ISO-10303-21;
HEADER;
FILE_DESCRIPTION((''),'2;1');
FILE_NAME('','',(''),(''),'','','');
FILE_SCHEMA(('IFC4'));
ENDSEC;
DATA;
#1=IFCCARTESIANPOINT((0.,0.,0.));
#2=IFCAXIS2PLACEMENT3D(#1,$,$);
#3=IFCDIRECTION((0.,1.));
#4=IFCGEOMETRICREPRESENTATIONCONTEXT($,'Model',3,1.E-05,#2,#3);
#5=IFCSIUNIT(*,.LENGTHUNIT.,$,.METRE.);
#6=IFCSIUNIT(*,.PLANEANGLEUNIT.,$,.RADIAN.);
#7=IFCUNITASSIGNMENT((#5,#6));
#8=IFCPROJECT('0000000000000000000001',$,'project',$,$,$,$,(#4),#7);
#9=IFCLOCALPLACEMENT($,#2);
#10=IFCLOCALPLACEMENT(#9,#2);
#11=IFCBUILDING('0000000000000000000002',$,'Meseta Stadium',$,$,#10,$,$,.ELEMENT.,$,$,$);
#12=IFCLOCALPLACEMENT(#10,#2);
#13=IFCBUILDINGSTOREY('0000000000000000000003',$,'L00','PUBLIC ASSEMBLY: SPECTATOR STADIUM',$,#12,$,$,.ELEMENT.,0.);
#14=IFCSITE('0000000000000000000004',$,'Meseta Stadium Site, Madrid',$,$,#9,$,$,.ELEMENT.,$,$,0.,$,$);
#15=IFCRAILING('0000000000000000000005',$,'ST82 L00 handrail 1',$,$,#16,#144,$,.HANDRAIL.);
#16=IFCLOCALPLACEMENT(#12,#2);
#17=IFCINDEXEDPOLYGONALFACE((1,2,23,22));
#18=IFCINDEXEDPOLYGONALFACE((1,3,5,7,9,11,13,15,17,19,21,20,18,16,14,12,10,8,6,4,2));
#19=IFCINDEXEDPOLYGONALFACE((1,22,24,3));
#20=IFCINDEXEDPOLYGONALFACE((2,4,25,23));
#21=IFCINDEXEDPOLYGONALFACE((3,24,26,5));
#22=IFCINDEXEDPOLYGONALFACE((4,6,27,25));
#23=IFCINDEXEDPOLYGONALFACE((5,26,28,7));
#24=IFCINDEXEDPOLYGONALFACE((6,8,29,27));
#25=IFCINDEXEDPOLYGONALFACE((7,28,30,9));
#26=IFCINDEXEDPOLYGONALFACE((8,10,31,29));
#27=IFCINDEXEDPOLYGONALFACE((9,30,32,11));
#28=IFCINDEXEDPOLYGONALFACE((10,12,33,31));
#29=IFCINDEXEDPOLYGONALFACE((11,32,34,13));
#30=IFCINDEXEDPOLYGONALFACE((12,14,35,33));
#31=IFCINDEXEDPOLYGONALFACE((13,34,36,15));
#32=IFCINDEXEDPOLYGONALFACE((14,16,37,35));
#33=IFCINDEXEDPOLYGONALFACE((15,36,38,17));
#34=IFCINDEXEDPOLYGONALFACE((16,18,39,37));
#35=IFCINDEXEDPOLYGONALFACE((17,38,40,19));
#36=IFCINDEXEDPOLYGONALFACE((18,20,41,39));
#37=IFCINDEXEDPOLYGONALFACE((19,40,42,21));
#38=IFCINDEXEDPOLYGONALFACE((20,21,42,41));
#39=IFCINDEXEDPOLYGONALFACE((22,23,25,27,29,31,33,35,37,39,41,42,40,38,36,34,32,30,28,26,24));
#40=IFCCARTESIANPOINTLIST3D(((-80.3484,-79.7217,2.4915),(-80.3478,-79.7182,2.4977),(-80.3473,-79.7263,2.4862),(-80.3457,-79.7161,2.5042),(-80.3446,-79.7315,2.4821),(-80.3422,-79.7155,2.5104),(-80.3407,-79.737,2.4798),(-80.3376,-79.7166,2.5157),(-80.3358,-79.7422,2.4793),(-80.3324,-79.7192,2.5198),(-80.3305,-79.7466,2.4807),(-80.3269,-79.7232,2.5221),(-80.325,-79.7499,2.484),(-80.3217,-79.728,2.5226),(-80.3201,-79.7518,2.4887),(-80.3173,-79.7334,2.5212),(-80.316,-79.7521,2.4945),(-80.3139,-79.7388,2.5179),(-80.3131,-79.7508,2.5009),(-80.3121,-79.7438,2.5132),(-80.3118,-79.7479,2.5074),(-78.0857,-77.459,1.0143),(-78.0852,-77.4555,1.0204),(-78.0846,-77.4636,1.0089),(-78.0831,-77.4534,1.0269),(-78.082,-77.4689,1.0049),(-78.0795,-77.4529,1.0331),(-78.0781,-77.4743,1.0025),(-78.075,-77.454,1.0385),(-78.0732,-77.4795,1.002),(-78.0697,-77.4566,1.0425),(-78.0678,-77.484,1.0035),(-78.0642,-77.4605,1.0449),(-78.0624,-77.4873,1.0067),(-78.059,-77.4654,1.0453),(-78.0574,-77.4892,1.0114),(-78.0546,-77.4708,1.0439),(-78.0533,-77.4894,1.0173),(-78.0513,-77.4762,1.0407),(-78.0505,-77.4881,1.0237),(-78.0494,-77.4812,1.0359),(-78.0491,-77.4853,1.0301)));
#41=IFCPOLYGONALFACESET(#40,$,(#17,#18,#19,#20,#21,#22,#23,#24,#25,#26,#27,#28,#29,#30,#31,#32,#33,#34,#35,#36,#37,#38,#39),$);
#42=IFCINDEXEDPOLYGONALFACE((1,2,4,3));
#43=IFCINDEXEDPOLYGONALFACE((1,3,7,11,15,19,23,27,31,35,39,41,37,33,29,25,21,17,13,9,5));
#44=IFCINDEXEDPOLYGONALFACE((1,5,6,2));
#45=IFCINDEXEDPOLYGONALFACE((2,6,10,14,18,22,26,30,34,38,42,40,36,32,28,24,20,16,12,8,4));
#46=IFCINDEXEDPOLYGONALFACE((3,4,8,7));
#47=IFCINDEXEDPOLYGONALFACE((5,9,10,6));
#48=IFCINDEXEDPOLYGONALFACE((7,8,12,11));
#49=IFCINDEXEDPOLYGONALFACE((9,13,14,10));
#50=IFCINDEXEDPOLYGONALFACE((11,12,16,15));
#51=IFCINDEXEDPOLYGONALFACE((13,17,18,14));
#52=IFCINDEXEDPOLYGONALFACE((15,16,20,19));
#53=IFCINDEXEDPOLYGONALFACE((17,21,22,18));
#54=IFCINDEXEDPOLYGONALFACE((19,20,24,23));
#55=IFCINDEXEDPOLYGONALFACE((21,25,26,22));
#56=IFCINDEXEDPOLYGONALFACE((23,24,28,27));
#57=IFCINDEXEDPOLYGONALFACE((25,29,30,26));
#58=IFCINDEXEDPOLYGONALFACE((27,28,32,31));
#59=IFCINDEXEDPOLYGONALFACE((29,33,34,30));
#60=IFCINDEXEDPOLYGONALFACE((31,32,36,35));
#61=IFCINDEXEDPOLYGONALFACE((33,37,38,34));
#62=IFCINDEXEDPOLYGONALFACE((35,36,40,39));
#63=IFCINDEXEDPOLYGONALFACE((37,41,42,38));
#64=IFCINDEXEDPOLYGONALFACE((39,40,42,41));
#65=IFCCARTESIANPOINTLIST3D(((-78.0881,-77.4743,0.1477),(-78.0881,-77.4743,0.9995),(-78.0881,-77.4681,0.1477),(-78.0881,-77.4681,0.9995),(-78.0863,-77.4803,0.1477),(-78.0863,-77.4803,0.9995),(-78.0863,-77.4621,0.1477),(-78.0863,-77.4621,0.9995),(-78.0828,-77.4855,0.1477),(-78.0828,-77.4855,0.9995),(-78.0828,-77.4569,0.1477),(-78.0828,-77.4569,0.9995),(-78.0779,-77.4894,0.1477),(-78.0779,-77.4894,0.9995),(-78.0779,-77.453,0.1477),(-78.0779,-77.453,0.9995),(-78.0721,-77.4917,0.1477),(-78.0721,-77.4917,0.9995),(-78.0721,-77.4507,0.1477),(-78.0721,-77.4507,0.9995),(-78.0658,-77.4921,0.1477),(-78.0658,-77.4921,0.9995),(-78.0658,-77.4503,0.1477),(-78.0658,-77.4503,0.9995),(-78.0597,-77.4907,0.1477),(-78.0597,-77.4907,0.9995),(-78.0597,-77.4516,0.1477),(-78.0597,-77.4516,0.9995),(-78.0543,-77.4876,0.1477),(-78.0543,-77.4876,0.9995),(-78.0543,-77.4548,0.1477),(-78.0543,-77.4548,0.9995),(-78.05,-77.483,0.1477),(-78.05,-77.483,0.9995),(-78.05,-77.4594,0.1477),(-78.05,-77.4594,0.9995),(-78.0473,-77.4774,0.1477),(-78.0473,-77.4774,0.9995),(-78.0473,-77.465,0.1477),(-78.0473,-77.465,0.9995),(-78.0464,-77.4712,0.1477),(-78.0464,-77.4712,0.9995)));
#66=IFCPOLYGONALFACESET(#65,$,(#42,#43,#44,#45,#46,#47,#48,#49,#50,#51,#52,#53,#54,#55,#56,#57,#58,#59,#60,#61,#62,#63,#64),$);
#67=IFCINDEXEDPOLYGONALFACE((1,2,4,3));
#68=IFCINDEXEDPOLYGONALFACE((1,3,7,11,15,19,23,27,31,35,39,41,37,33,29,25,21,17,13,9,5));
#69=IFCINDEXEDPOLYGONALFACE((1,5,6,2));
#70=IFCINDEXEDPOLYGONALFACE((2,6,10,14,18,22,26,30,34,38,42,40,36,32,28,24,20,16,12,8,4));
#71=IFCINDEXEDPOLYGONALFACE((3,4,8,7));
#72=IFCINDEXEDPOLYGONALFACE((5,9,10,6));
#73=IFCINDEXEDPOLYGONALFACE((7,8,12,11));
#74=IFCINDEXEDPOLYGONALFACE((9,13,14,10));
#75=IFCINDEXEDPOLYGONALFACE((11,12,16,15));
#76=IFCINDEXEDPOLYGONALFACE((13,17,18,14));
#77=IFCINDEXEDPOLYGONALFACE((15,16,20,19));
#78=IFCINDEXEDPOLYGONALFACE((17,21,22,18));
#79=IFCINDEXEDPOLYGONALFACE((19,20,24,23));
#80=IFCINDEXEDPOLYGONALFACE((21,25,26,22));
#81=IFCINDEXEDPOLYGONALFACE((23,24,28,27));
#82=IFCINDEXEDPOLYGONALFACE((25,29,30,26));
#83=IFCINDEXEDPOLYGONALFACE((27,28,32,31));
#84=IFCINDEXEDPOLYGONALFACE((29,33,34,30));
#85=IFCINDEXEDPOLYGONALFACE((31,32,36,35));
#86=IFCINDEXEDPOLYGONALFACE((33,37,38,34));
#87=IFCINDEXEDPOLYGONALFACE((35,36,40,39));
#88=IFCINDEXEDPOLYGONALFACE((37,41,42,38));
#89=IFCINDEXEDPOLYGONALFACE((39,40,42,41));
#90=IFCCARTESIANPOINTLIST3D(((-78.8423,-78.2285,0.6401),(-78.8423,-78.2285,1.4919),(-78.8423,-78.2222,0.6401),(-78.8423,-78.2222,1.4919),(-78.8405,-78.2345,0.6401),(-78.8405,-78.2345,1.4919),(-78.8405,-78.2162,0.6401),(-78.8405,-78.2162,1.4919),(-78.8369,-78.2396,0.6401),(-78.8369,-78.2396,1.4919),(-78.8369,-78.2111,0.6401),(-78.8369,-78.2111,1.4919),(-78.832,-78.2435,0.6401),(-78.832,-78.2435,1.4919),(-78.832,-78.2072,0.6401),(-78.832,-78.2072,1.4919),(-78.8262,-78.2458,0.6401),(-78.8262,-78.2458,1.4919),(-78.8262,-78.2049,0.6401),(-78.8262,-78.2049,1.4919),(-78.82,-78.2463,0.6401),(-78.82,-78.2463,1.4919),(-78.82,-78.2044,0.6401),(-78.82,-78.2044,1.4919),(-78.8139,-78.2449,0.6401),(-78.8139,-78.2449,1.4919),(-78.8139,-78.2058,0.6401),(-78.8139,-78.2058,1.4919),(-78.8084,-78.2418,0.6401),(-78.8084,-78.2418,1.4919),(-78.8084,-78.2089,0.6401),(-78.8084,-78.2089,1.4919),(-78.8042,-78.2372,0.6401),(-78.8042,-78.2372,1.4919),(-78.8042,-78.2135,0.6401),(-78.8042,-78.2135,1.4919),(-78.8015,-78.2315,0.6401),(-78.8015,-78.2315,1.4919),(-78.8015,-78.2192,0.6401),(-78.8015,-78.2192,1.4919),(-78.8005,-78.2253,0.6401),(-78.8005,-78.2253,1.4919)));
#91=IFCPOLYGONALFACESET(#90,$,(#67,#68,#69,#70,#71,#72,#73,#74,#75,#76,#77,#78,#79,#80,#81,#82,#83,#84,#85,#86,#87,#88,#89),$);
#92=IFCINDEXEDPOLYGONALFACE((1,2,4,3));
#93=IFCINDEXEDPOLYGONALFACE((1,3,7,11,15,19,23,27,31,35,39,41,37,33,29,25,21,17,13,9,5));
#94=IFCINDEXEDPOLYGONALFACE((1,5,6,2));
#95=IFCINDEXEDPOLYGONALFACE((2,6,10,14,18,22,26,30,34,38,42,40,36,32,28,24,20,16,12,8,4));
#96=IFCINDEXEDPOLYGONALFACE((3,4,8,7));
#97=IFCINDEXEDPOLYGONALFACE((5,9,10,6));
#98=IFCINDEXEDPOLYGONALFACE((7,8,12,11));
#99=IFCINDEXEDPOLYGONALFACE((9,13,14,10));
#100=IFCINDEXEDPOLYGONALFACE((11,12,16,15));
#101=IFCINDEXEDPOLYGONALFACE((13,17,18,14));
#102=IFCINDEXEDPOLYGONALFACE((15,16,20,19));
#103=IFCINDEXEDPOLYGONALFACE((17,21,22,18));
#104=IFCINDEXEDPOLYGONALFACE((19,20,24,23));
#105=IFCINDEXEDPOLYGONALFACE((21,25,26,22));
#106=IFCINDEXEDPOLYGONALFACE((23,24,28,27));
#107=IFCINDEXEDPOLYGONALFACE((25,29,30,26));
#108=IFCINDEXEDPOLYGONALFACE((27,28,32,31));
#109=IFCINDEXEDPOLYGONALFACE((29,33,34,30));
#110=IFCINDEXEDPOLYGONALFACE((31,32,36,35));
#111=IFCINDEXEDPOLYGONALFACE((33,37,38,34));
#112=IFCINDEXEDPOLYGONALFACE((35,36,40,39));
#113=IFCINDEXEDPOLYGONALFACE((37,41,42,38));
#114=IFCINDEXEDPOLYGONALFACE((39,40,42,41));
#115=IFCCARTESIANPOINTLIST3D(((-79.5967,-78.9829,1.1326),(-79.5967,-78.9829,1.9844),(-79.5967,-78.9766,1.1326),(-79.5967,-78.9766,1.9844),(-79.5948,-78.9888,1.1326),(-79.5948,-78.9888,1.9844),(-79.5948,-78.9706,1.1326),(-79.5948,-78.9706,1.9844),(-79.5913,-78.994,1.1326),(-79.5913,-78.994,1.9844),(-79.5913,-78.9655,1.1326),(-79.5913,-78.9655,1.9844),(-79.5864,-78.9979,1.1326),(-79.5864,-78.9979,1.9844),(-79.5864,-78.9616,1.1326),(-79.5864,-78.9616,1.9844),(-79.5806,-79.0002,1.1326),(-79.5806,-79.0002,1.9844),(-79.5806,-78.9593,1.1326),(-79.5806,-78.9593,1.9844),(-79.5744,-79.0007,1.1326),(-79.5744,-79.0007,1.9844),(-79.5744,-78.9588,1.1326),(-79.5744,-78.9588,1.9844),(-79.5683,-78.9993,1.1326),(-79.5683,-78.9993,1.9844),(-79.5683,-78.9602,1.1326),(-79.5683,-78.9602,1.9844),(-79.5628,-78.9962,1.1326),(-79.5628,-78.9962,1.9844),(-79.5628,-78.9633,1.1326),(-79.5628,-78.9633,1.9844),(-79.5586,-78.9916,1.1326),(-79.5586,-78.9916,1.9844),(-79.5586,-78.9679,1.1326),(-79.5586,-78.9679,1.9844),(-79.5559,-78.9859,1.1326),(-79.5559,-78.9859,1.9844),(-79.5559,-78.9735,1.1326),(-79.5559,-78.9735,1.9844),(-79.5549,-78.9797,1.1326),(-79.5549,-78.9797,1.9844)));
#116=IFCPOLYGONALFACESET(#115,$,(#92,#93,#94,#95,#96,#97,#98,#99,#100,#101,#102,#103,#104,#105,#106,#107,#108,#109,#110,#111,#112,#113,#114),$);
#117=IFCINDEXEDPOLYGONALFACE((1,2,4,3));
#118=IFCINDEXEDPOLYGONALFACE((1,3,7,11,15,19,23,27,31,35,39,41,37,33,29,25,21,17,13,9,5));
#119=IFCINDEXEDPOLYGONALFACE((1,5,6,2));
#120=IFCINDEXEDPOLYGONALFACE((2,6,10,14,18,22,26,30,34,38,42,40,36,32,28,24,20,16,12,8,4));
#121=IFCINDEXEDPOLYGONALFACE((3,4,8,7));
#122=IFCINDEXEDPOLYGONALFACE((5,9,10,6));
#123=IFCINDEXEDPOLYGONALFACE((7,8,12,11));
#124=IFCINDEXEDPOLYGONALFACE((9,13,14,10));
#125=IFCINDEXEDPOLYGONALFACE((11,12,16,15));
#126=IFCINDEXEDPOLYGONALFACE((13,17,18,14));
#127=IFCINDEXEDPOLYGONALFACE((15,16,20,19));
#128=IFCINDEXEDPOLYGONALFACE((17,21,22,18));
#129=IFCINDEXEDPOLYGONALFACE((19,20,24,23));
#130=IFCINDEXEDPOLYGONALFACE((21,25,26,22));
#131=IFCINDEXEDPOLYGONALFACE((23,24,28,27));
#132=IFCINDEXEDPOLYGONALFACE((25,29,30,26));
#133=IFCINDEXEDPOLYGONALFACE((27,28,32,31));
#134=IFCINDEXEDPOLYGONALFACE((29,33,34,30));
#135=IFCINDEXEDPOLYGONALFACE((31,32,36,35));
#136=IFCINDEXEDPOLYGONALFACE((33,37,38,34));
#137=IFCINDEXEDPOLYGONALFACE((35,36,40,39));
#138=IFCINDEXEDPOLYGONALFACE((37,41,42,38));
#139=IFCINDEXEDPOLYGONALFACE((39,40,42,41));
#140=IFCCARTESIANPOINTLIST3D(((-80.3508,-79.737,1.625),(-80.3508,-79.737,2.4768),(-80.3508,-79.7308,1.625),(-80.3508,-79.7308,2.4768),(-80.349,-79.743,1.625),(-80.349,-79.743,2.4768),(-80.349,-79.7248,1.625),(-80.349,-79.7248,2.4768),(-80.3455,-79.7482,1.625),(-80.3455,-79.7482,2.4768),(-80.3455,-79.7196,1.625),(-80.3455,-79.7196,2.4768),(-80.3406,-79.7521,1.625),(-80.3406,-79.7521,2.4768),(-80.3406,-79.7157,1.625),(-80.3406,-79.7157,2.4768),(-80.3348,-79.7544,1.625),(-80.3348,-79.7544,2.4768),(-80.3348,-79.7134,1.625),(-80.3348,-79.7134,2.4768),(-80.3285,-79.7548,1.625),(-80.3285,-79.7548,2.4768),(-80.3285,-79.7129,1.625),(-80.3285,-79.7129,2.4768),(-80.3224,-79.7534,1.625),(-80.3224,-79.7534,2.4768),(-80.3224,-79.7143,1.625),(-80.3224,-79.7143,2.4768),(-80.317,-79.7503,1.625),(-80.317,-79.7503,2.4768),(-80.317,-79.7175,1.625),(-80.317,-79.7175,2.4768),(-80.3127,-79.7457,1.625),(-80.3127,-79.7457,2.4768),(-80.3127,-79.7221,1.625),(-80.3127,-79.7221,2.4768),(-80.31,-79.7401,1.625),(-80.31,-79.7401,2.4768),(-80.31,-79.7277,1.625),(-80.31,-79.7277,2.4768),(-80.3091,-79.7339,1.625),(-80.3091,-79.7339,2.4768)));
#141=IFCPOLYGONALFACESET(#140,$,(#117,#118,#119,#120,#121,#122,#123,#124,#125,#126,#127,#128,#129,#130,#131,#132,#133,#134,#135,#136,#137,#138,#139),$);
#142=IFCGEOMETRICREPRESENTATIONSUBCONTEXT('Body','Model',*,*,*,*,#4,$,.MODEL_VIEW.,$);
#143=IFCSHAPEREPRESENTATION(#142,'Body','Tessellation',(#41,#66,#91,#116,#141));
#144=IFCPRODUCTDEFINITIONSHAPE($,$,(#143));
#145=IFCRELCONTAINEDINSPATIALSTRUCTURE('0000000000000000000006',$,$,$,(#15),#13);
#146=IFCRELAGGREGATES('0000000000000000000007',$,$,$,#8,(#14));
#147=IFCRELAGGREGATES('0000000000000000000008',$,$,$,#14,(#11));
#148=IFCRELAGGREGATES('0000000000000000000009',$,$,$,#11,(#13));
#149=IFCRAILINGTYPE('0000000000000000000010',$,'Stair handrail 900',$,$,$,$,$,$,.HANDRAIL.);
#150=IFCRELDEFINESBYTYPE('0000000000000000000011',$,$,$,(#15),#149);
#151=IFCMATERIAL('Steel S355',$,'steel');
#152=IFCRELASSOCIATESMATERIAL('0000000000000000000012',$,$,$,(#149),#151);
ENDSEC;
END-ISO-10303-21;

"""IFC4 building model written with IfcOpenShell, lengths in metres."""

from ifc_helpers import new_model, si_unit, direction, frame, origin, origin_2d, place, context, subcontext, project, spatial, circle, extrude, material, type_object, element, save


model = new_model("IFC4")

# Units and contexts
model_context = context("Model", 3, precision=1e-05, world=origin(), true_north=direction((0.0, 1.0)))
body_context = subcontext(model_context, "Body", "Model", "MODEL_VIEW")
ifc_project = project(units=[si_unit("LENGTHUNIT", "METRE"), si_unit("PLANEANGLEUNIT", "RADIAN")], contexts=[model_context])

# Site, building, storey
site_placement = place(None, origin())
site = spatial("IfcSite", under=ifc_project, at=site_placement, Name="Meseta Stadium Site, Madrid", CompositionType="ELEMENT", RefElevation=0.0)
building_placement = place(site_placement, origin())
building = spatial("IfcBuilding", under=site, at=building_placement, Name="Meseta Stadium", CompositionType="ELEMENT")
storey_placement = place(building_placement, origin())
storey = spatial("IfcBuildingStorey", under=building, at=storey_placement, Name="L00", Description="PUBLIC ASSEMBLY: SPECTATOR STADIUM", CompositionType="ELEMENT", Elevation=0.0)

# Railing
ifc_material_1 = material(Name="Steel S355", Category="steel")
railing_type_1 = type_object("IfcRailingType", Name="Stair handrail 900", PredefinedType="HANDRAIL", material=ifc_material_1)
for number, where, name in (
    (1, (-78.0674, -77.4712, 0.1477), "ST82 L00 handrail 1"),
):
    element("IfcRailing", number, at=place(storey_placement, frame(where)), inside=storey, type_object=railing_type_1, Name=name, PredefinedType="HANDRAIL", context=body_context, shape_type="SweptSolid", body=[
        extrude(circle(Radius=0.0239, at=origin_2d()), frame((0.0, 0.0, 0.876), z_axis=(-0.641994, -0.641994, 0.419152), x_axis=(0.707107, -0.707107, 0.0)), (0.0, 0.0, 1.0), 3.5244),
        extrude(circle(Radius=0.021, at=origin_2d()), origin(), (0.0, 0.0, 1.0), 0.8518),
        extrude(circle(Radius=0.021, at=origin_2d()), frame((-0.7542, -0.7542, 0.4924)), (0.0, 0.0, 1.0), 0.8518),
        extrude(circle(Radius=0.021, at=origin_2d()), frame((-1.5085, -1.5085, 0.9849)), (0.0, 0.0, 1.0), 0.8518),
        extrude(circle(Radius=0.021, at=origin_2d()), frame((-2.2627, -2.2627, 1.4773)), (0.0, 0.0, 1.0), 0.8518),
    ])

save(model, "model.ifc")
